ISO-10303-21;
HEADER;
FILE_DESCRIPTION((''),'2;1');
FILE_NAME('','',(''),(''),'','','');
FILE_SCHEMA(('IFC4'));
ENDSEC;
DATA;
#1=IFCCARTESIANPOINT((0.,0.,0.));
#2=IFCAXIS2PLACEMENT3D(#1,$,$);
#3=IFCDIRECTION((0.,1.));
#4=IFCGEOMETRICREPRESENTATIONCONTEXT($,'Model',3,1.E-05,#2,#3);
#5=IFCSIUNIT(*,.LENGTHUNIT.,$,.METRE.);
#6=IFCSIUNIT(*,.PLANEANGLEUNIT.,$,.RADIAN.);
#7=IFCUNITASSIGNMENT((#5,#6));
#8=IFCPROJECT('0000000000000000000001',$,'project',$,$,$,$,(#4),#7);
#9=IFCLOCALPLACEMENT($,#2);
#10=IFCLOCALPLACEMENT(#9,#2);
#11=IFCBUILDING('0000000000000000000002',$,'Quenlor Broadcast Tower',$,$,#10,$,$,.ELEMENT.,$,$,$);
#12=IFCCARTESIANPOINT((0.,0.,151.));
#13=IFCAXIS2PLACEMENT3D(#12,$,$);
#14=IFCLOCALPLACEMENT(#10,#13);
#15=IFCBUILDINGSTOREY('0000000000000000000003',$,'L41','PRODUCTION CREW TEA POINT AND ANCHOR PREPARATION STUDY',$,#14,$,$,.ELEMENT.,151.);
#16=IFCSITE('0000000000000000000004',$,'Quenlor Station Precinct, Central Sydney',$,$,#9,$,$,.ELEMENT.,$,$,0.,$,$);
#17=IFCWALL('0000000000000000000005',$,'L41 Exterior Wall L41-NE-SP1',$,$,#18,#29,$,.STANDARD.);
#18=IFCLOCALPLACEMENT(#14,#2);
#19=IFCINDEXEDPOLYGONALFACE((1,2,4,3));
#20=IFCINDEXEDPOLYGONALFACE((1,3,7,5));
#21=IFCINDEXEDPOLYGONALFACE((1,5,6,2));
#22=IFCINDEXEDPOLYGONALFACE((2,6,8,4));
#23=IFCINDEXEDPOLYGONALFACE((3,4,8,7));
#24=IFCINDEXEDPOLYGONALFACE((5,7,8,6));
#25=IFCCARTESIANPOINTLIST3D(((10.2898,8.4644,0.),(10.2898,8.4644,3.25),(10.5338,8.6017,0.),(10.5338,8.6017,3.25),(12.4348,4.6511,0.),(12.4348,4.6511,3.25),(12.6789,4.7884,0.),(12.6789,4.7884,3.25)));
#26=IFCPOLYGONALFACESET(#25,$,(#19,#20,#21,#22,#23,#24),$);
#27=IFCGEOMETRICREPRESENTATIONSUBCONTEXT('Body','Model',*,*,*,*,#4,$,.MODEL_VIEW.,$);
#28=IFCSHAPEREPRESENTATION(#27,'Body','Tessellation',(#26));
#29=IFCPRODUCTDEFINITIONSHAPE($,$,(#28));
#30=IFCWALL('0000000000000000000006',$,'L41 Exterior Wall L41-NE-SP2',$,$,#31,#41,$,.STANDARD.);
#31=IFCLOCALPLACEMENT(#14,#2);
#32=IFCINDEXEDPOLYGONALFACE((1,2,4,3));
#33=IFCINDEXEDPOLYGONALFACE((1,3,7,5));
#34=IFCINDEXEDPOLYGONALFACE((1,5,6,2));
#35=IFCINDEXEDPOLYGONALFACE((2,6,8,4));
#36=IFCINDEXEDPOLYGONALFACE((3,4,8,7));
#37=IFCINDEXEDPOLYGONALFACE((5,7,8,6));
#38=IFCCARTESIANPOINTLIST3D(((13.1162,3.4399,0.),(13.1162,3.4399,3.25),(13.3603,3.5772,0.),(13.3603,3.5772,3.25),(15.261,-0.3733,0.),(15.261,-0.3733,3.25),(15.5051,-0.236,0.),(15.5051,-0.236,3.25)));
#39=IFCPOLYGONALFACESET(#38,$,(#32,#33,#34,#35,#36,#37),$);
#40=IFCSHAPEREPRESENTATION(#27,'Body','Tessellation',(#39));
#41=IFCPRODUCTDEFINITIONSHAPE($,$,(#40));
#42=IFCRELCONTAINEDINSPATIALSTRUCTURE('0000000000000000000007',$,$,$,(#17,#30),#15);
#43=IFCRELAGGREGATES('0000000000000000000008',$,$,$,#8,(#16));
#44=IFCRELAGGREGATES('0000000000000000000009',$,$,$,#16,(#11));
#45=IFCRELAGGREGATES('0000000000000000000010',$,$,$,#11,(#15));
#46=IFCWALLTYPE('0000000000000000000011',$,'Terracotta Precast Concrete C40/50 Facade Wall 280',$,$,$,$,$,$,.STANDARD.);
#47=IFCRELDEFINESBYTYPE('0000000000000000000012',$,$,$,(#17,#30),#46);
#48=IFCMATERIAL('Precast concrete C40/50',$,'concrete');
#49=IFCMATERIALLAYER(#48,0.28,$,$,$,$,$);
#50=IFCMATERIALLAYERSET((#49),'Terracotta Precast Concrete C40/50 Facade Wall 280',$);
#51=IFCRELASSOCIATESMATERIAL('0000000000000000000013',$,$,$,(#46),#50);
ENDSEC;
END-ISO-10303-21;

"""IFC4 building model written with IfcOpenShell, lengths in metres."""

from ifc_helpers import new_model, si_unit, direction, frame, frame_2d, origin, place, context, subcontext, project, spatial, rectangle, extrude, material, layer, layer_set, type_object, element, save


model = new_model("IFC4")

# Units and contexts
model_context = context("Model", 3, precision=1e-05, world=origin(), true_north=direction((0.0, 1.0)))
body_context = subcontext(model_context, "Body", "Model", "MODEL_VIEW")
ifc_project = project(units=[si_unit("LENGTHUNIT", "METRE"), si_unit("PLANEANGLEUNIT", "RADIAN")], contexts=[model_context])

# Site, building, storey
site_placement = place(None, origin())
site = spatial("IfcSite", under=ifc_project, at=site_placement, Name="Quenlor Station Precinct, Central Sydney", CompositionType="ELEMENT", RefElevation=0.0)
building_placement = place(site_placement, origin())
building = spatial("IfcBuilding", under=site, at=building_placement, Name="Quenlor Broadcast Tower", CompositionType="ELEMENT")
storey_placement = place(building_placement, frame((0.0, 0.0, 151.0)))
storey = spatial("IfcBuildingStorey", under=building, at=storey_placement, Name="L41", Description="PRODUCTION CREW TEA POINT AND ANCHOR PREPARATION STUDY", CompositionType="ELEMENT", Elevation=151.0)

# Walls
ifc_material_1 = material(Name="Precast concrete C40/50", Category="concrete")
ifc_layer_1 = layer(ifc_material_1, 0.28)
ifc_layer_set_1 = layer_set([ifc_layer_1], Name="Terracotta Precast Concrete C40/50 Facade Wall 280")
wall_type_1 = type_object("IfcWallType", Name="Terracotta Precast Concrete C40/50 Facade Wall 280", PredefinedType="STANDARD", material=ifc_layer_set_1)
wall_1_placement = place(storey_placement, frame((10.4119, 8.533, 0.0), z_axis=(0.0, 0.0, 1.0), x_axis=(0.490274, -0.871568, 0.0)))
element("IfcWall", 1, at=wall_1_placement, inside=storey, type_object=wall_type_1, Name="L41 Exterior Wall L41-NE-SP1", PredefinedType="STANDARD", context=body_context, shape_type="SweptSolid", body=[
    extrude(rectangle(XDim=4.3752, YDim=0.28, at=frame_2d((2.1875, 0.0))), origin(), (0.0, 0.0, 1.0), 3.25),
])
wall_2_placement = place(storey_placement, frame((13.2383, 3.5085, 0.0), z_axis=(0.0, 0.0, 1.0), x_axis=(0.490232, -0.871592, 0.0)))
element("IfcWall", 2, at=wall_2_placement, inside=storey, type_object=wall_type_1, Name="L41 Exterior Wall L41-NE-SP2", PredefinedType="STANDARD", context=body_context, shape_type="SweptSolid", body=[
    extrude(rectangle(XDim=4.375, YDim=0.28, at=frame_2d((2.1875, 0.0))), origin(), (0.0, 0.0, 1.0), 3.25),
])

save(model, "model.ifc")
